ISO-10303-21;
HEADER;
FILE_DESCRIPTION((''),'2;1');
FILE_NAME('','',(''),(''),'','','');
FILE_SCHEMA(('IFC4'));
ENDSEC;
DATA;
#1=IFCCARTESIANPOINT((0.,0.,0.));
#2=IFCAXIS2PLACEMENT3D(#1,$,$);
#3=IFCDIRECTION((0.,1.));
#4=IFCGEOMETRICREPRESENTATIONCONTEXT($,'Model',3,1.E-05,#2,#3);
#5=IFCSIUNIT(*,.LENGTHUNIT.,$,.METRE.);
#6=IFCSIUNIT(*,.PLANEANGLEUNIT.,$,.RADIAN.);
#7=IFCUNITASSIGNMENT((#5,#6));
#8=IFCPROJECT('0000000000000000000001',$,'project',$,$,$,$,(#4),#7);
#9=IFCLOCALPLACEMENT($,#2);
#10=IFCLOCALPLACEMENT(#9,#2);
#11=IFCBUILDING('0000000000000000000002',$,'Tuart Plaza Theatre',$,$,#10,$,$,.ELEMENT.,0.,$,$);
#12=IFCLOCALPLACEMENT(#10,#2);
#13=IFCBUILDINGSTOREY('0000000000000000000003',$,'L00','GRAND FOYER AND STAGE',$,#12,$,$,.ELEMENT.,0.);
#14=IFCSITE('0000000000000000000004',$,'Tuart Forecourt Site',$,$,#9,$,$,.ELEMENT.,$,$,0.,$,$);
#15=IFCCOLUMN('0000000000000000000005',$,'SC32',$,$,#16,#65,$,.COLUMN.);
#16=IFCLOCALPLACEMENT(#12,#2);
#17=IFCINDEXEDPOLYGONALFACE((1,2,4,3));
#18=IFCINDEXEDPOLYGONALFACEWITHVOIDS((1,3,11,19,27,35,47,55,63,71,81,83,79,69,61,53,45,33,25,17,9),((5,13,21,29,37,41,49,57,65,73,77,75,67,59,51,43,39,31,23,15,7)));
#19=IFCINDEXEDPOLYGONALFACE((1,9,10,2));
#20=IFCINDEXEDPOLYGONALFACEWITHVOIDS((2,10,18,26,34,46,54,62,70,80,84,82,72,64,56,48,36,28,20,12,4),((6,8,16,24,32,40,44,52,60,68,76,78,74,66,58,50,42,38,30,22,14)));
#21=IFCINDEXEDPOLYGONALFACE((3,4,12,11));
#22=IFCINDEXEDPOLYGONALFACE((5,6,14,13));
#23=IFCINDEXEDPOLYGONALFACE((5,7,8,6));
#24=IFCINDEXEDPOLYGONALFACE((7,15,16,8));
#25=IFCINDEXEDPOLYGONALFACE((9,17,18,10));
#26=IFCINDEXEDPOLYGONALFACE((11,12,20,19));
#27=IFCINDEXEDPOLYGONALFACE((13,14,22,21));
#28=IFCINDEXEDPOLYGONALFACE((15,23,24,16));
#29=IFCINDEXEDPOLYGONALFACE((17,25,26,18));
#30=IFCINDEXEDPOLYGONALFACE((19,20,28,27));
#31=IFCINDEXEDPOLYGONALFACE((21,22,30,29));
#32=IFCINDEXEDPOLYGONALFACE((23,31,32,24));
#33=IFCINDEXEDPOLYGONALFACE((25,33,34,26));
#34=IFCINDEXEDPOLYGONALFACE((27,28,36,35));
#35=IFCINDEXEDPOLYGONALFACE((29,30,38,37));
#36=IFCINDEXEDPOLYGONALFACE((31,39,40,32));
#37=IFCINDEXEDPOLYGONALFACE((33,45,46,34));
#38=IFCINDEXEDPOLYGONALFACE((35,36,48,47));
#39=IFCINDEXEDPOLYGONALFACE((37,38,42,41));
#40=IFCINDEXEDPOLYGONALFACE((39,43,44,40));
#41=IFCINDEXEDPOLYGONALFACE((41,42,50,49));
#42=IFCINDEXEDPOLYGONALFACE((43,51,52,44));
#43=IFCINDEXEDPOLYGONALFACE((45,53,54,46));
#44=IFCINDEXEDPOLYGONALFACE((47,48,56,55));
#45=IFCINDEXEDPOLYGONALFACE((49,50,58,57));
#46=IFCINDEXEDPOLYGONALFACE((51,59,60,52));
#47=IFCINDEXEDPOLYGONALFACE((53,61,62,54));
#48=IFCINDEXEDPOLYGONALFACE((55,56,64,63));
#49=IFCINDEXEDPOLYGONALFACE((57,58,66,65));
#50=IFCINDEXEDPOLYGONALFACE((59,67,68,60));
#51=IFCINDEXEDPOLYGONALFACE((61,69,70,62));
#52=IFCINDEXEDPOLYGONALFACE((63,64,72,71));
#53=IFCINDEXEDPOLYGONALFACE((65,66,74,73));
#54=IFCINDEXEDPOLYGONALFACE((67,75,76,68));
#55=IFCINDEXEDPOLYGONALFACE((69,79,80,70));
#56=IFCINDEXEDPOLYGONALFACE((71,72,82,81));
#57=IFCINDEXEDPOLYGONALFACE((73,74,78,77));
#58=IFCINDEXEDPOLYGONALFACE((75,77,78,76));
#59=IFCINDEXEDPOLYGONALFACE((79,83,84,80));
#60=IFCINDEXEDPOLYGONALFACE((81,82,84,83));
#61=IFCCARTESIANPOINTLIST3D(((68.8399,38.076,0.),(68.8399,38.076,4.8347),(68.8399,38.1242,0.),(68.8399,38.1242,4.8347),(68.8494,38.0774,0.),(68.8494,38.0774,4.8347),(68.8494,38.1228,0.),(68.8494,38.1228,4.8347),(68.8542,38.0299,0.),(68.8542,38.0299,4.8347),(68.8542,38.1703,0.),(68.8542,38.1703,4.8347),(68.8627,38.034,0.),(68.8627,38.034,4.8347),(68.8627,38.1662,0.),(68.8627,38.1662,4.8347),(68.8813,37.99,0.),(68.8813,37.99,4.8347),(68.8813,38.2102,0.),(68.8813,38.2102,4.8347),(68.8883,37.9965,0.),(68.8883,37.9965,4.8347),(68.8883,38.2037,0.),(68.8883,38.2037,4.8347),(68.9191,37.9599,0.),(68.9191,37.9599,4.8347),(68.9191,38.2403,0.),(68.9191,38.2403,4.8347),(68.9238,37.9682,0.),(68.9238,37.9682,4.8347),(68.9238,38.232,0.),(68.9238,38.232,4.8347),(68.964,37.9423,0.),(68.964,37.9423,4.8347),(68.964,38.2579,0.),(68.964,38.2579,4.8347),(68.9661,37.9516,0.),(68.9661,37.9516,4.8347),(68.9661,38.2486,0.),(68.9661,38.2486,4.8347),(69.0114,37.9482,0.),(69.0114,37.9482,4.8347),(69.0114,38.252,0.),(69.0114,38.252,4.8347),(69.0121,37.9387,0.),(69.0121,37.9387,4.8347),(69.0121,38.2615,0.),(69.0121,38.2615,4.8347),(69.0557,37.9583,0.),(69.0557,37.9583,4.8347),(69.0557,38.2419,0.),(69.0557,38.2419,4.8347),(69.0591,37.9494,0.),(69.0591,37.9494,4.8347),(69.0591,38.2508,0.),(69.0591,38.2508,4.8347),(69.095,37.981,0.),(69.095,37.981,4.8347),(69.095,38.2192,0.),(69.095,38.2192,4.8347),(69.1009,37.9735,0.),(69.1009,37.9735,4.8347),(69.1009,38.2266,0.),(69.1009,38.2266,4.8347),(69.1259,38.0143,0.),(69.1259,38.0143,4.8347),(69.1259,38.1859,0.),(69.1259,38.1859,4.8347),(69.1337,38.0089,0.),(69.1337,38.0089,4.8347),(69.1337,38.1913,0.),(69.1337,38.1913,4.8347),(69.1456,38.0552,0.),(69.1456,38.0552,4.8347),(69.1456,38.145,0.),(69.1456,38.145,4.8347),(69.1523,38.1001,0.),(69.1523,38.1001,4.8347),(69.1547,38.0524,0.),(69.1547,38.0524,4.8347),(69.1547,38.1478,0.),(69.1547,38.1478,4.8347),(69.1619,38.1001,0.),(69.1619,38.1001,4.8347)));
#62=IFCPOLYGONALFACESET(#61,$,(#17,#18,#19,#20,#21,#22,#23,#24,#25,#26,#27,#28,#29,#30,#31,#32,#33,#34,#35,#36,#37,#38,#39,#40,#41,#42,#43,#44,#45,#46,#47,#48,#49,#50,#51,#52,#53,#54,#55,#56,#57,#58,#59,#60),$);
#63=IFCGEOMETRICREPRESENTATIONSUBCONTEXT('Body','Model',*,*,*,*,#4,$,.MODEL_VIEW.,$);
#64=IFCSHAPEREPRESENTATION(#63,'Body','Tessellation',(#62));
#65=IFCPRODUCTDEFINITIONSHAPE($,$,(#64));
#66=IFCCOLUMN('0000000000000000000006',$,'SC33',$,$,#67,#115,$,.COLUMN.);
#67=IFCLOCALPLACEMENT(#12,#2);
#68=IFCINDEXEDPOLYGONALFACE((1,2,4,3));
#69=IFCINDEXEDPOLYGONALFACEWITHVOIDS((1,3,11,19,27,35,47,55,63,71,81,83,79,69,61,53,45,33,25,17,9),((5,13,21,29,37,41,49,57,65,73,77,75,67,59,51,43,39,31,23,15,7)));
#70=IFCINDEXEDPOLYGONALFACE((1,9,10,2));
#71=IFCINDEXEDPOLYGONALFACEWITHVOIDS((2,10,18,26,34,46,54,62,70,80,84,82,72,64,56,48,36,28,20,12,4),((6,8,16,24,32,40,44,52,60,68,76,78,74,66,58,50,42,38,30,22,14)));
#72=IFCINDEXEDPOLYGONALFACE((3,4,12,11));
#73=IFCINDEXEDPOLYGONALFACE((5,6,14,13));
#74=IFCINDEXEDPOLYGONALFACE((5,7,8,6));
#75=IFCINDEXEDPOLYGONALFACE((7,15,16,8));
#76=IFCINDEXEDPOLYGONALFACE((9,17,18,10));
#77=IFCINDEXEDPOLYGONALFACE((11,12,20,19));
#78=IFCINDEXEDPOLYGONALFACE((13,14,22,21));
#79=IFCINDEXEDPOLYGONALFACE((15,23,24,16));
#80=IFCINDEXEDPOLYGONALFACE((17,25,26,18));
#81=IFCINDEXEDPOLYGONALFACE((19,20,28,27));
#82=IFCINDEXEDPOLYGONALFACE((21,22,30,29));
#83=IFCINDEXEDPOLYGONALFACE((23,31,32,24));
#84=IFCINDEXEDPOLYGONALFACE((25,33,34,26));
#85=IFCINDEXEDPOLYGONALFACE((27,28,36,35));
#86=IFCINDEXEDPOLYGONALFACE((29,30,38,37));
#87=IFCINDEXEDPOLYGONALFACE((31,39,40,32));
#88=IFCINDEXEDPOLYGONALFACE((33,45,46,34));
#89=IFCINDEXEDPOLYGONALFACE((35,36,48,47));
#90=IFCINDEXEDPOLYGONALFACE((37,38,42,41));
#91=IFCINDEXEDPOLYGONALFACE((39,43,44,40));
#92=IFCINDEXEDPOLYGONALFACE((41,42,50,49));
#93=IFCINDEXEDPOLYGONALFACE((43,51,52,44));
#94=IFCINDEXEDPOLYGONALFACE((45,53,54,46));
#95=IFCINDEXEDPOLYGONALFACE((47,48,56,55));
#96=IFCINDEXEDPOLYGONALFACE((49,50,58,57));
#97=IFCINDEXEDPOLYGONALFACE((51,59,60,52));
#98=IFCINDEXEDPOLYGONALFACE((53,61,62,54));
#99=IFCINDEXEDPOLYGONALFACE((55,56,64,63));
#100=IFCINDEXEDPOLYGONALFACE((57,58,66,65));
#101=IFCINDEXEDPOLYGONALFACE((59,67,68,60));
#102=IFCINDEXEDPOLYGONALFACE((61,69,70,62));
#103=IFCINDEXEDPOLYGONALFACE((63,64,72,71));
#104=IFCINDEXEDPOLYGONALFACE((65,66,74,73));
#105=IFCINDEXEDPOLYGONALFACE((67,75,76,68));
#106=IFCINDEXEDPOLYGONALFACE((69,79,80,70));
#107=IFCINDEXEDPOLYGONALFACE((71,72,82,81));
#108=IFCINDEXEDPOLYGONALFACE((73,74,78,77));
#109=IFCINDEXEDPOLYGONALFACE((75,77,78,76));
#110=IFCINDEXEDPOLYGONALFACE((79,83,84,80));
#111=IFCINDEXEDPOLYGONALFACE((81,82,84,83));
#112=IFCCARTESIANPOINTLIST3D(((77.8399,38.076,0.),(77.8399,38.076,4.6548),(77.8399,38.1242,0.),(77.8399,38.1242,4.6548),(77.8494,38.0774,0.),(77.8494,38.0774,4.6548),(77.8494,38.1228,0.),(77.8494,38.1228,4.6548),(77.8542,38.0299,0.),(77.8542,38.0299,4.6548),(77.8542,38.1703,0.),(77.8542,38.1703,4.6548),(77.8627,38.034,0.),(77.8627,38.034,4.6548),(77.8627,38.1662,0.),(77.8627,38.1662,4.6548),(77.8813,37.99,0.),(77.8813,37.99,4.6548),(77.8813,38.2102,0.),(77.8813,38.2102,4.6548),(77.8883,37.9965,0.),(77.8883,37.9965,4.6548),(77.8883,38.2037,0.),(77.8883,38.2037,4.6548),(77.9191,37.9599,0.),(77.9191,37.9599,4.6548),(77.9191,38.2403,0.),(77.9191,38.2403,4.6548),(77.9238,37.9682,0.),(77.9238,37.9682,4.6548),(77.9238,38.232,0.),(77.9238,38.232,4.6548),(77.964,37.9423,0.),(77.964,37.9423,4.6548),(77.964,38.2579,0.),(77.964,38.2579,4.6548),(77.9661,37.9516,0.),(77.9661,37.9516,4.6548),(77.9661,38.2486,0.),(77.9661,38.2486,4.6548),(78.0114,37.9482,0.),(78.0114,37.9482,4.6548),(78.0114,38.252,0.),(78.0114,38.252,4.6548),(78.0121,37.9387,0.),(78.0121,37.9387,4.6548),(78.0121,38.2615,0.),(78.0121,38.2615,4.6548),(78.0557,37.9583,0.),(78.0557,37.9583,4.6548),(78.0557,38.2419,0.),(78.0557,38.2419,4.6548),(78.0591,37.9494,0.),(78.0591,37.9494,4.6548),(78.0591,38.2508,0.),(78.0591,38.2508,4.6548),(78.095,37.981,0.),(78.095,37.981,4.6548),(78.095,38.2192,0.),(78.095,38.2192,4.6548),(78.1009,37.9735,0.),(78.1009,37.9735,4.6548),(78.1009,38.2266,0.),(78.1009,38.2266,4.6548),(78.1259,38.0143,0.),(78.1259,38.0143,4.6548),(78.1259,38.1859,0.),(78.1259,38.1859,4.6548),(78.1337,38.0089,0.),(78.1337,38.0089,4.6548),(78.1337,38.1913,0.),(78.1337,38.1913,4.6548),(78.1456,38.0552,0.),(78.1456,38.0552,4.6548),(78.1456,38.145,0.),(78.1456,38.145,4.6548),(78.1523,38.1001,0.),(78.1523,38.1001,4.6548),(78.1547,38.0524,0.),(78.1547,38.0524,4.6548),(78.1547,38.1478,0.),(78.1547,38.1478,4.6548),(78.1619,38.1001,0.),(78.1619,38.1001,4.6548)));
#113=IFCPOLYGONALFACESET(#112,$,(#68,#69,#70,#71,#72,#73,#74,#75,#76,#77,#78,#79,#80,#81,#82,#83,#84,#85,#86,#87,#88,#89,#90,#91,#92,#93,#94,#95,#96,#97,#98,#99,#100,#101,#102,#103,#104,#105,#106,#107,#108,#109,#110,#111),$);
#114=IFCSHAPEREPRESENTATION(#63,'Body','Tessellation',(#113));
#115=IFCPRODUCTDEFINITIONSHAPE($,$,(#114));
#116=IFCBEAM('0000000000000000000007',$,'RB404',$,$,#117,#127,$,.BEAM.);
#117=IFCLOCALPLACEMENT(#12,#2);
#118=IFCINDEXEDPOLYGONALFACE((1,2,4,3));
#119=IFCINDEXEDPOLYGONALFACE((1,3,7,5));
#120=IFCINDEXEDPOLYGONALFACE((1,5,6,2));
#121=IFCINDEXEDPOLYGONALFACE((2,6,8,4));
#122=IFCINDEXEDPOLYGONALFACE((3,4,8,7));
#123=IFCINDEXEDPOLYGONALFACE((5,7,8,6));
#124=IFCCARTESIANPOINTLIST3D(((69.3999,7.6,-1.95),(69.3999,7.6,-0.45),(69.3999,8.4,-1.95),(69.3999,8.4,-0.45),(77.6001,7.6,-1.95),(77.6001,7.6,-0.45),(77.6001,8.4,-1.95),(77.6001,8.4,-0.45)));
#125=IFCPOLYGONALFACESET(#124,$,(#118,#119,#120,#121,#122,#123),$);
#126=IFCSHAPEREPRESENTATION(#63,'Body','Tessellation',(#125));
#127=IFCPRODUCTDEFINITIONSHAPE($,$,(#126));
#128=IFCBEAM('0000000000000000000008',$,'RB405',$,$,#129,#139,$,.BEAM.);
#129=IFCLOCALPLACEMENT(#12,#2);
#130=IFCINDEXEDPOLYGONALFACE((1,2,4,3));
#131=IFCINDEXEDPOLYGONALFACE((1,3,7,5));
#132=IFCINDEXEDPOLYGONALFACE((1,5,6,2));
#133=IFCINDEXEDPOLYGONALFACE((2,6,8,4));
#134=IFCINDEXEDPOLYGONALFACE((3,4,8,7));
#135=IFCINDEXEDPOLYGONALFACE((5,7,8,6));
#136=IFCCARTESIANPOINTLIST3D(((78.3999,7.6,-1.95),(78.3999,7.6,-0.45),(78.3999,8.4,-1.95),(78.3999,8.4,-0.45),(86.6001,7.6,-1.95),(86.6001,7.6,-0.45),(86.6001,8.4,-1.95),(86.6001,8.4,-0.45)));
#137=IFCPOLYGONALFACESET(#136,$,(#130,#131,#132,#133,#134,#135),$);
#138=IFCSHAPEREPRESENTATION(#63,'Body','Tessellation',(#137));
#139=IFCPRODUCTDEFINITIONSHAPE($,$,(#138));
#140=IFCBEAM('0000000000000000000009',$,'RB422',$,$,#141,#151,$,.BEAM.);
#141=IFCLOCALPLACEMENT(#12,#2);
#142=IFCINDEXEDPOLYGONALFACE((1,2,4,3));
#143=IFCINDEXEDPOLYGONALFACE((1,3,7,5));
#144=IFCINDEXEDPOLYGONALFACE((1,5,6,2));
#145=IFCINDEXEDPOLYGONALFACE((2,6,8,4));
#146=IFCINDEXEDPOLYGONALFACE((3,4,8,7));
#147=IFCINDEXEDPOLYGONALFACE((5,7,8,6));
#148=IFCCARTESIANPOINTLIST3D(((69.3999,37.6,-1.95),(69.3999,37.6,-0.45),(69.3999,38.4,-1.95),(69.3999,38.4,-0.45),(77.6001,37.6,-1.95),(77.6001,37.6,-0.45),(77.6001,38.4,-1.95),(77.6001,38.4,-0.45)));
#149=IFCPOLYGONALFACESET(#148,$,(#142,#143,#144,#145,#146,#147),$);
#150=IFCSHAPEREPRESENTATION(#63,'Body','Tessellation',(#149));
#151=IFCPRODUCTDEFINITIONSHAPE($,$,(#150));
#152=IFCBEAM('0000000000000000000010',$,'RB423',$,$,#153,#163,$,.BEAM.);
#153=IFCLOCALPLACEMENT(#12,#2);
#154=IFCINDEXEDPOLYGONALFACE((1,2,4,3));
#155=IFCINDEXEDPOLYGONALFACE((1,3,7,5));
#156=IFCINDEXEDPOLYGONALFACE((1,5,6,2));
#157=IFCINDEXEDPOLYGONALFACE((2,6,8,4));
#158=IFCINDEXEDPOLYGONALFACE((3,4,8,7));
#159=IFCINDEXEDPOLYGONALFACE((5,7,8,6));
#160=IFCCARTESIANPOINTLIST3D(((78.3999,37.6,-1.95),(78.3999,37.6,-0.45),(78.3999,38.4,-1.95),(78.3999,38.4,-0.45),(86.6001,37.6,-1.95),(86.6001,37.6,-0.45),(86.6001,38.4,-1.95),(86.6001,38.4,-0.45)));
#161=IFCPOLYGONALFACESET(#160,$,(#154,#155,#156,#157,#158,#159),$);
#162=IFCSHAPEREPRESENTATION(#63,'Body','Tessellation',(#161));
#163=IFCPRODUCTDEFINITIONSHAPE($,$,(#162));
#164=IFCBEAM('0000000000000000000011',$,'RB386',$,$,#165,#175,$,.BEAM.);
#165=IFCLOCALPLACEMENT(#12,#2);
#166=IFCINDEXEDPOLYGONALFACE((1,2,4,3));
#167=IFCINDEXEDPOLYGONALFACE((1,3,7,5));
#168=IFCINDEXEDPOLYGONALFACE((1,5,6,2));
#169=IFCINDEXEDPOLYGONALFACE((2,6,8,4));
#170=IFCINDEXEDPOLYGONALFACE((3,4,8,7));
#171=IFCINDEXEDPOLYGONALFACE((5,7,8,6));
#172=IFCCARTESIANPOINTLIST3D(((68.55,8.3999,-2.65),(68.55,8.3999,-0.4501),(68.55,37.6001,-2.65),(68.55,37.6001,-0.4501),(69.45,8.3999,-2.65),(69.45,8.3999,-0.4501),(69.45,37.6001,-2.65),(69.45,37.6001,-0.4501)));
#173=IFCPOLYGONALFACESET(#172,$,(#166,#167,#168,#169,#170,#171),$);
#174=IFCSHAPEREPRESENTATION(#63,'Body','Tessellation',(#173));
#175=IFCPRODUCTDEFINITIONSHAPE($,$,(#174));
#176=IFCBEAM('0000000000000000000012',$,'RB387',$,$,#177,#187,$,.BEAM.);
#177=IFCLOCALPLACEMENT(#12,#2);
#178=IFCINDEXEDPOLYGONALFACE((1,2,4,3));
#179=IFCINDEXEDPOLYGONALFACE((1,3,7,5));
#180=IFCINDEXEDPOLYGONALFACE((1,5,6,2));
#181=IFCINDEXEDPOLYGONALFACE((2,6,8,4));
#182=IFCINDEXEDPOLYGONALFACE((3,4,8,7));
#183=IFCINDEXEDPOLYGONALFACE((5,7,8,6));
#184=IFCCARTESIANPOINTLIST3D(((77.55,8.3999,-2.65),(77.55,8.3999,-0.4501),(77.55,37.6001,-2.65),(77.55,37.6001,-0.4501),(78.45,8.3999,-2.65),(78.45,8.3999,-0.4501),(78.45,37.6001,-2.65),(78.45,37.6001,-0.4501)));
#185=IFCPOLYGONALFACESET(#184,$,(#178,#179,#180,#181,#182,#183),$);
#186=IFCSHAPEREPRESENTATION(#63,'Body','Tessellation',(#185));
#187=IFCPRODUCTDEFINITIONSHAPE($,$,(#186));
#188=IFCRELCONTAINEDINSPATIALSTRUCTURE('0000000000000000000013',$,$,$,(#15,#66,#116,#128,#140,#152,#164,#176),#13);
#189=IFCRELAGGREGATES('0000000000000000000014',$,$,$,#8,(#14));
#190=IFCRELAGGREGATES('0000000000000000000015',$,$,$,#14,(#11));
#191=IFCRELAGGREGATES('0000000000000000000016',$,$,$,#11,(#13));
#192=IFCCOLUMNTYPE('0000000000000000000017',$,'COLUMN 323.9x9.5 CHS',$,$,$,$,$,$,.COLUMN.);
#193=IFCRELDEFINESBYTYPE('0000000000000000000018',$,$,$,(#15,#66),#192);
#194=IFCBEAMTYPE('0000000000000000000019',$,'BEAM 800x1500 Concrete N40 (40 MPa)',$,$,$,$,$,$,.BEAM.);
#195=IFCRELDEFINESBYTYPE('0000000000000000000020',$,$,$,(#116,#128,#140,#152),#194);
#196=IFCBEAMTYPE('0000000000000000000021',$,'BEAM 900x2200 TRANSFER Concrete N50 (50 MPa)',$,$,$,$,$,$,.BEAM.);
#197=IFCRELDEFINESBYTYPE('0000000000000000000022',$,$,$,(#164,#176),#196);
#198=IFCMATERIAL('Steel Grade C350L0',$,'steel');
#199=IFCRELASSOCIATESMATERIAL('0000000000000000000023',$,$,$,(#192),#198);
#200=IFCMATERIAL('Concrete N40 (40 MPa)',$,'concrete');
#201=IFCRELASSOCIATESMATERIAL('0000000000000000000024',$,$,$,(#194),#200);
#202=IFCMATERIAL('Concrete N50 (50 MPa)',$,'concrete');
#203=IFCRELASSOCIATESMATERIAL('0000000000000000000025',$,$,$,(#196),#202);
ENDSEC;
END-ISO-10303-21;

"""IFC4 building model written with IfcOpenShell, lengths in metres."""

from ifc_helpers import new_model, si_unit, direction, frame, origin, origin_2d, place, context, subcontext, project, spatial, rectangle, hollow_circle, extrude, material, material_profile, profile_set, type_object, element, save


model = new_model("IFC4")

# Units and contexts
model_context = context("Model", 3, precision=1e-05, world=origin(), true_north=direction((0.0, 1.0)))
body_context = subcontext(model_context, "Body", "Model", "MODEL_VIEW")
ifc_project = project(units=[si_unit("LENGTHUNIT", "METRE"), si_unit("PLANEANGLEUNIT", "RADIAN")], contexts=[model_context])

# Site, building, storey
site_placement = place(None, origin())
site = spatial("IfcSite", under=ifc_project, at=site_placement, Name="Tuart Forecourt Site", CompositionType="ELEMENT", RefElevation=0.0)
building_placement = place(site_placement, origin())
building = spatial("IfcBuilding", under=site, at=building_placement, Name="Tuart Plaza Theatre", CompositionType="ELEMENT", ElevationOfRefHeight=0.0)
storey_placement = place(building_placement, origin())
storey = spatial("IfcBuildingStorey", under=building, at=storey_placement, Name="L00", Description="GRAND FOYER AND STAGE", CompositionType="ELEMENT", Elevation=0.0)

# Columns
ifc_material_1 = material(Name="Steel Grade C350L0", Category="steel")
ifc_material_profile_1 = material_profile(ifc_material_1, hollow_circle(Radius=0.1619, WallThickness=0.0095, at=origin_2d()), Name="323.9x9.5 CHS")
ifc_profile_set_1 = profile_set([ifc_material_profile_1], Name="Steel Grade C350L0")
column_type = type_object("IfcColumnType", Name="COLUMN 323.9x9.5 CHS", PredefinedType="COLUMN", material=ifc_profile_set_1)
column_1_placement = place(storey_placement, frame((69.0, 38.1001, 0.0), z_axis=(0.0, 0.0, 1.0), x_axis=(1.0, 0.0, 0.0)))
element("IfcColumn", 1, at=column_1_placement, inside=storey, type_object=column_type, Name="SC32", PredefinedType="COLUMN", context=body_context, shape_type="SweptSolid", body=[
    extrude(hollow_circle(Radius=0.1619, WallThickness=0.0095, at=origin_2d()), origin(), (0.0, 0.0, 1.0), 4.8347),
])
column_2_placement = place(storey_placement, frame((78.0, 38.1001, 0.0), z_axis=(0.0, 0.0, 1.0), x_axis=(1.0, 0.0, 0.0)))
element("IfcColumn", 2, at=column_2_placement, inside=storey, type_object=column_type, Name="SC33", PredefinedType="COLUMN", context=body_context, shape_type="SweptSolid", body=[
    extrude(hollow_circle(Radius=0.1619, WallThickness=0.0095, at=origin_2d()), origin(), (0.0, 0.0, 1.0), 4.6548),
])

# Beams
ifc_material_2 = material(Name="Concrete N40 (40 MPa)", Category="concrete")
ifc_material_profile_2 = material_profile(ifc_material_2, rectangle(XDim=0.8, YDim=1.5, at=origin_2d()), Name="BEAM 800x1500 Concrete N40 (40 MPa)")
ifc_profile_set_2 = profile_set([ifc_material_profile_2], Name="Concrete N40 (40 MPa)")
beam_type_1 = type_object("IfcBeamType", Name="BEAM 800x1500 Concrete N40 (40 MPa)", PredefinedType="BEAM", material=ifc_profile_set_2)
for number, where, z_axis, x_axis, name in (
    (3, (69.3999, 8.0, -1.2), (1.0, 0.0, 0.0), (0.0, 1.0, 0.0), "RB404"),
    (4, (78.3999, 8.0, -1.2), (1.0, 0.0, 0.0), (0.0, 1.0, 0.0), "RB405"),
    (5, (69.3999, 38.0, -1.2), (1.0, 0.0, 0.0), (0.0, 1.0, 0.0), "RB422"),
    (6, (78.3999, 38.0, -1.2), (1.0, 0.0, 0.0), (0.0, 1.0, 0.0), "RB423"),
):
    element("IfcBeam", number, at=place(storey_placement, frame(where, z_axis=z_axis, x_axis=x_axis)), inside=storey, type_object=beam_type_1, Name=name, PredefinedType="BEAM", context=body_context, shape_type="SweptSolid", body=[
        extrude(rectangle(XDim=0.8, YDim=1.5, at=origin_2d()), origin(), (0.0, 0.0, 1.0), 8.2002),
    ])
ifc_material_3 = material(Name="Concrete N50 (50 MPa)", Category="concrete")
ifc_material_profile_3 = material_profile(ifc_material_3, rectangle(XDim=0.8999, YDim=2.2, at=origin_2d()), Name="BEAM 900x2200 TRANSFER Concrete N50 (50 MPa)")
ifc_profile_set_3 = profile_set([ifc_material_profile_3], Name="Concrete N50 (50 MPa)")
beam_type_2 = type_object("IfcBeamType", Name="BEAM 900x2200 TRANSFER Concrete N50 (50 MPa)", PredefinedType="BEAM", material=ifc_profile_set_3)
for number, where, z_axis, x_axis, name in (
    (7, (69.0, 8.3999, -1.55), (0.0, 1.0, 0.0), (-1.0, 0.0, 0.0), "RB386"),
    (8, (78.0, 8.3999, -1.55), (0.0, 1.0, 0.0), (-1.0, 0.0, 0.0), "RB387"),
):
    element("IfcBeam", number, at=place(storey_placement, frame(where, z_axis=z_axis, x_axis=x_axis)), inside=storey, type_object=beam_type_2, Name=name, PredefinedType="BEAM", context=body_context, shape_type="SweptSolid", body=[
        extrude(rectangle(XDim=0.8999, YDim=2.2, at=origin_2d()), origin(), (0.0, 0.0, 1.0), 29.2002),
    ])

save(model, "model.ifc")
